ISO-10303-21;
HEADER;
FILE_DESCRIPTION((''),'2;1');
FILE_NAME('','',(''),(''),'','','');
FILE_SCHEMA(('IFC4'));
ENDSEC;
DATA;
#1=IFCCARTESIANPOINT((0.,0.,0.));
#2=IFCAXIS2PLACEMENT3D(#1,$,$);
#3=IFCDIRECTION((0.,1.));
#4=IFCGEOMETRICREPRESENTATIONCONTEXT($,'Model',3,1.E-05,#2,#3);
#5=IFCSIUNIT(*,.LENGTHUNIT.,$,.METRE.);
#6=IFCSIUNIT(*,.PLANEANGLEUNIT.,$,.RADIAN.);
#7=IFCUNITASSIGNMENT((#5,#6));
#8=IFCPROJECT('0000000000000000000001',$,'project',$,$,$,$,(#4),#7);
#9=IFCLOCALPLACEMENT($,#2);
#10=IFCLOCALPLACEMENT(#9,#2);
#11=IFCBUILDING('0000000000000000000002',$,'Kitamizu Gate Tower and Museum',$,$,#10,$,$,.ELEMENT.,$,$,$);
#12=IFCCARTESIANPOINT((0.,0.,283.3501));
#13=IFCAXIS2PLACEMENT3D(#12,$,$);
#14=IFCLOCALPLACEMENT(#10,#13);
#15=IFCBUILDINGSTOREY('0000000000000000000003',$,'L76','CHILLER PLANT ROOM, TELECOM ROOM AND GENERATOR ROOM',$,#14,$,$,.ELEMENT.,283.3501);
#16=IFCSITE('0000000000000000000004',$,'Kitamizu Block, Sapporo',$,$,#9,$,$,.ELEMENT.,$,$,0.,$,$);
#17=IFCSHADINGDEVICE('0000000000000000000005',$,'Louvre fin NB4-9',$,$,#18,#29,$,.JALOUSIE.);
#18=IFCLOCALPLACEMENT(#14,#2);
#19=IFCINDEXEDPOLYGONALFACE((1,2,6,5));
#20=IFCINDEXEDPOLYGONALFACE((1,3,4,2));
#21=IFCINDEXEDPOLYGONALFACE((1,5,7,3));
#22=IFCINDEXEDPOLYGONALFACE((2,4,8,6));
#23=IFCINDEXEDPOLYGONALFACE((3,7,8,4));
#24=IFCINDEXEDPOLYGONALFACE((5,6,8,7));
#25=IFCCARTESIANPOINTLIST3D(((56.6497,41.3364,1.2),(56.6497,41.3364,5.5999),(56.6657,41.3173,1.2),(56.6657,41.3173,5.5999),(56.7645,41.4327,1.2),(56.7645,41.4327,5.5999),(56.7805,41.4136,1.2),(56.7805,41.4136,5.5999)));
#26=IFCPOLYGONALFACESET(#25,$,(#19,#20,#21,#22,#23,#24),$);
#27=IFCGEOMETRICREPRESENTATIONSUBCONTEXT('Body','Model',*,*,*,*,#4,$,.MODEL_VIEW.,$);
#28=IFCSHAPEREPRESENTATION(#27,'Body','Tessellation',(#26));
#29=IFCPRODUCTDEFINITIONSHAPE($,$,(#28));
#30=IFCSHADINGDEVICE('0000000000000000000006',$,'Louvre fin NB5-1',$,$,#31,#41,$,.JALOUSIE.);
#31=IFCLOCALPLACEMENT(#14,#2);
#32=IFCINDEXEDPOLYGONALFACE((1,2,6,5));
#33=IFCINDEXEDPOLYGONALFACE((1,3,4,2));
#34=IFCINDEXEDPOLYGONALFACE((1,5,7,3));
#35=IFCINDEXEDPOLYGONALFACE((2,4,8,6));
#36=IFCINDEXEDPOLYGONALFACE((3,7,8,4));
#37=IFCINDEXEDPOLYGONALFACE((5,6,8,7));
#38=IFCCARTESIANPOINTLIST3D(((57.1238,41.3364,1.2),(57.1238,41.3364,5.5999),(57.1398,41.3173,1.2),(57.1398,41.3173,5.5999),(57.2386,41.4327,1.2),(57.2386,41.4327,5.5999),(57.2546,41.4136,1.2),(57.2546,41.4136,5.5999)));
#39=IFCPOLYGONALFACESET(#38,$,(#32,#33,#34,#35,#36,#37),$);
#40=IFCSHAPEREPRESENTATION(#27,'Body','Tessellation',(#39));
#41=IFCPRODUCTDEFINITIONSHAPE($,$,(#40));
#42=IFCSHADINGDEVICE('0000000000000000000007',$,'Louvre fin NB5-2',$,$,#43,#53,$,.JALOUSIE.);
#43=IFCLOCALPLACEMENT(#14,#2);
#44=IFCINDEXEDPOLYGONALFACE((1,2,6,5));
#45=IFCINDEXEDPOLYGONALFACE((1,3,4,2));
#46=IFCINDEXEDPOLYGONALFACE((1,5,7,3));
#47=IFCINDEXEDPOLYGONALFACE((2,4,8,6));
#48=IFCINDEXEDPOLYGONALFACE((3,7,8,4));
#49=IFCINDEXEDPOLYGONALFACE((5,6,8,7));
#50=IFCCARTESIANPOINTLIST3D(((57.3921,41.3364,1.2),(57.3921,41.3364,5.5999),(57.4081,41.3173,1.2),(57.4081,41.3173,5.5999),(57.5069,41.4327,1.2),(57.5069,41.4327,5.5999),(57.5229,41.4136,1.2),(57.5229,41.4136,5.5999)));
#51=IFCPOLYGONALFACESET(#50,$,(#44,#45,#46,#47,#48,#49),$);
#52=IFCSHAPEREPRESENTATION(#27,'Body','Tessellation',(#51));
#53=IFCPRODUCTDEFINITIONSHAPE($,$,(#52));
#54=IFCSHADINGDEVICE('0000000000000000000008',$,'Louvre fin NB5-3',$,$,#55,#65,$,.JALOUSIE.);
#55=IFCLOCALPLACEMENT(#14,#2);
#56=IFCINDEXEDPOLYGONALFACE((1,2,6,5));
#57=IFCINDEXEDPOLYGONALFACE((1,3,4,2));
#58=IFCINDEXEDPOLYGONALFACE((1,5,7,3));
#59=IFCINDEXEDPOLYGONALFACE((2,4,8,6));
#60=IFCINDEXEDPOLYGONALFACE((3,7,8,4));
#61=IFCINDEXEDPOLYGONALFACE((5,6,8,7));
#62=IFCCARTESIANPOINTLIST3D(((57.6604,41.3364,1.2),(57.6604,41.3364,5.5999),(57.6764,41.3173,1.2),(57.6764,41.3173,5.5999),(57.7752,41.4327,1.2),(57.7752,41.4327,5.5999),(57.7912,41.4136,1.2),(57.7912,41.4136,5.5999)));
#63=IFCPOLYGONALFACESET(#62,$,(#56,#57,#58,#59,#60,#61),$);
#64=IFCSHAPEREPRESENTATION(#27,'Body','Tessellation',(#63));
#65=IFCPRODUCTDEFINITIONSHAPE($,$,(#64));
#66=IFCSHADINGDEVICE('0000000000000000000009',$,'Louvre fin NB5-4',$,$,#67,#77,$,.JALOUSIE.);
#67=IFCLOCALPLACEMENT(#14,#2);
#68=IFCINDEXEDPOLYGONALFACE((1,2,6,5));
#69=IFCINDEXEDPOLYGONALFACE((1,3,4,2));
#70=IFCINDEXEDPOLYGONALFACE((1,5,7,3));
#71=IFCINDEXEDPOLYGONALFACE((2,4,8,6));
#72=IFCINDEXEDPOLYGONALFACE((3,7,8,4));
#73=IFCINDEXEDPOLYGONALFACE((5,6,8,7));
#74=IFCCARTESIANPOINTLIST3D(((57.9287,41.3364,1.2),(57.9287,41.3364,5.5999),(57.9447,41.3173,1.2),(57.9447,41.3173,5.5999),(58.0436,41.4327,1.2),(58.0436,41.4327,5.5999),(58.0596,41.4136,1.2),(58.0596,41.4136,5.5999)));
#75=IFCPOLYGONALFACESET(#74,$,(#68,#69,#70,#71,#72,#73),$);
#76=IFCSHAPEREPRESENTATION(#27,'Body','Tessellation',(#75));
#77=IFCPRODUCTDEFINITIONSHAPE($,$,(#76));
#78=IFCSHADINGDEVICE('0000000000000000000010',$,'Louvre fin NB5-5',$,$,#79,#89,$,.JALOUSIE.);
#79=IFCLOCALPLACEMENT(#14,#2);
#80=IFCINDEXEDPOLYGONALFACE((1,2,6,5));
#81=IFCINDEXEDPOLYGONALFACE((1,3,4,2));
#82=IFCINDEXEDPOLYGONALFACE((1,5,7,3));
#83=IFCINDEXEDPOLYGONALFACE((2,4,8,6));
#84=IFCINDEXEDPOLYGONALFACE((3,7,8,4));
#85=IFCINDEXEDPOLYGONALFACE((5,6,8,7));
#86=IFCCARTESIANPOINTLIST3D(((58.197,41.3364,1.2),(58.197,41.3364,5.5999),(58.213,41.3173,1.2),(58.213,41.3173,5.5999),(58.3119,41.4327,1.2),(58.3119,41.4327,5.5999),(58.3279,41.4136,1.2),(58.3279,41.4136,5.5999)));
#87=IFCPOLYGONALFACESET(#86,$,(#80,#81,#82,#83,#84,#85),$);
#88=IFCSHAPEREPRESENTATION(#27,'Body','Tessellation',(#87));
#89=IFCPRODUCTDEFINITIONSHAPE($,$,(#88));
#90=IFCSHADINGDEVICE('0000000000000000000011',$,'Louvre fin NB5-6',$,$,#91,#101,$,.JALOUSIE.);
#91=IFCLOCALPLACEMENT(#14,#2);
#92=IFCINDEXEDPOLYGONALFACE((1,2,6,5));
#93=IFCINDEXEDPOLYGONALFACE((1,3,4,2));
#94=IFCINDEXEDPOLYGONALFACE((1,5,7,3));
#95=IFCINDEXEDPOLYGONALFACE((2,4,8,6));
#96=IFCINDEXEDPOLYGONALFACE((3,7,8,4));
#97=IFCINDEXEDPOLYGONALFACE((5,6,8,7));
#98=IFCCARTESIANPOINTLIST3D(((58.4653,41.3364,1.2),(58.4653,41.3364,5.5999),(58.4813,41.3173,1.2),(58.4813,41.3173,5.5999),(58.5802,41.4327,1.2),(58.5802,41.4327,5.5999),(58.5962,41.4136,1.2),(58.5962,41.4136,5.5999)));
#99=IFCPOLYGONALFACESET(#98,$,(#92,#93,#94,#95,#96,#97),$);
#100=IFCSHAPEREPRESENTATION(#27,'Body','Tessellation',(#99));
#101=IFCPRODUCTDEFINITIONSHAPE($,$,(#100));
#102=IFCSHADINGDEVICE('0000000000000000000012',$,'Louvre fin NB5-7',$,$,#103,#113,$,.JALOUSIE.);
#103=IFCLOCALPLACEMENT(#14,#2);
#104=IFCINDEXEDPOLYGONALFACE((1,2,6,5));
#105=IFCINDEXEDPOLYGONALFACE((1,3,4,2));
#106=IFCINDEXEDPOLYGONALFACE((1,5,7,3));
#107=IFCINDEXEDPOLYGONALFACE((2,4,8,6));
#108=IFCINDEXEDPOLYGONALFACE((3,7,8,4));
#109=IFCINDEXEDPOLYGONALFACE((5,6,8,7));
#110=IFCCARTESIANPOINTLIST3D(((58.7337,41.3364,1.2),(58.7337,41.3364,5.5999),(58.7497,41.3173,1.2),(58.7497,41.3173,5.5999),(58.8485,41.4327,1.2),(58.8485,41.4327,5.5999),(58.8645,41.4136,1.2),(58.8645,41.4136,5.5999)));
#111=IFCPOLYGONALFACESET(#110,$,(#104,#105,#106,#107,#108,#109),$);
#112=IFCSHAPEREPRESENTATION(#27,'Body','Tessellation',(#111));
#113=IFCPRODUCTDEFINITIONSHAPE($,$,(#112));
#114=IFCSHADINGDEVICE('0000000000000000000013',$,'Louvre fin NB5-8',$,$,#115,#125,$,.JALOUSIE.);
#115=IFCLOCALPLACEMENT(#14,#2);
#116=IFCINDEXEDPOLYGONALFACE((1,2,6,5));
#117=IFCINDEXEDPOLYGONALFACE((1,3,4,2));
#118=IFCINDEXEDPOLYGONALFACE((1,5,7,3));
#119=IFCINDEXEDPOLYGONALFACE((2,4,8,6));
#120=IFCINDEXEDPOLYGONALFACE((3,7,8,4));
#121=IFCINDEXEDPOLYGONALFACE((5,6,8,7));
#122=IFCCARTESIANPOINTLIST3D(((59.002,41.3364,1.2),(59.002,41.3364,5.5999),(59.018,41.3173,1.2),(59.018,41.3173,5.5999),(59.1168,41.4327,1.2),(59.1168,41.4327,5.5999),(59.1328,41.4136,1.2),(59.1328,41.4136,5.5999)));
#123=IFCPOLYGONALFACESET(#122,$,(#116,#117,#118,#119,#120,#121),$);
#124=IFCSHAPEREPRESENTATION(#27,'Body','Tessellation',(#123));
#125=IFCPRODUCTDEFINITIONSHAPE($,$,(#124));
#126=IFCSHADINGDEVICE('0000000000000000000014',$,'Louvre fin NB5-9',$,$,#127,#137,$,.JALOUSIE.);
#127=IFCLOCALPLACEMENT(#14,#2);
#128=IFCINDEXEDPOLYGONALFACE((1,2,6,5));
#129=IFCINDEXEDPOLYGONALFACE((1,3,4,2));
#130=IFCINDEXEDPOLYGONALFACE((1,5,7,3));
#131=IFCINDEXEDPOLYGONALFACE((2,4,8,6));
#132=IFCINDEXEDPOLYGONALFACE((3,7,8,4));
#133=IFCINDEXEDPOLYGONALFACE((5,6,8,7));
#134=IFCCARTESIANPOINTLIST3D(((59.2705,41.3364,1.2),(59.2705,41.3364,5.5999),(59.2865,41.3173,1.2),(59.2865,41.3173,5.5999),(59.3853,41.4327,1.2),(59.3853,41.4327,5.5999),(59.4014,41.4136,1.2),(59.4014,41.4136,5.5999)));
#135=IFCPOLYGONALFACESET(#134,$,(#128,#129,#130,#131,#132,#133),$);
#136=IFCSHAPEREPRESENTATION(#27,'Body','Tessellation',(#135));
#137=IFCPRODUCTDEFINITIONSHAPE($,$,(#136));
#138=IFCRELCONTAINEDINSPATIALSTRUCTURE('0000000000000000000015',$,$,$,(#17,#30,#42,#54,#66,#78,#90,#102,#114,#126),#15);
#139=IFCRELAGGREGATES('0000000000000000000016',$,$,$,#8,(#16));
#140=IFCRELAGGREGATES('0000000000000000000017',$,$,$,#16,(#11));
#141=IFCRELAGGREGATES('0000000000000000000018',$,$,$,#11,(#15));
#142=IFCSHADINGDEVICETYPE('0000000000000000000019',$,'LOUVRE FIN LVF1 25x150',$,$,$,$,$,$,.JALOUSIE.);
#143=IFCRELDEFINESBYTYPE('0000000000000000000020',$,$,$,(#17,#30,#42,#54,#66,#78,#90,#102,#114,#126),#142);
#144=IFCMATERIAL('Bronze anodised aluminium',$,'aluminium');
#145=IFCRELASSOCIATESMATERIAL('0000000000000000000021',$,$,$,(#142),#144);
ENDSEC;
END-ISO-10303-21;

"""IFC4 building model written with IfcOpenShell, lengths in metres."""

from ifc_helpers import new_model, si_unit, direction, frame, origin, origin_2d, place, context, subcontext, project, spatial, rectangle, extrude, material, material_profile, profile_set, type_object, element, save


model = new_model("IFC4")

# Units and contexts
model_context = context("Model", 3, precision=1e-05, world=origin(), true_north=direction((0.0, 1.0)))
body_context = subcontext(model_context, "Body", "Model", "MODEL_VIEW")
ifc_project = project(units=[si_unit("LENGTHUNIT", "METRE"), si_unit("PLANEANGLEUNIT", "RADIAN")], contexts=[model_context])

# Site, building, storey
site_placement = place(None, origin())
site = spatial("IfcSite", under=ifc_project, at=site_placement, Name="Kitamizu Block, Sapporo", CompositionType="ELEMENT", RefElevation=0.0)
building_placement = place(site_placement, origin())
building = spatial("IfcBuilding", under=site, at=building_placement, Name="Kitamizu Gate Tower and Museum", CompositionType="ELEMENT")
storey_placement = place(building_placement, frame((0.0, 0.0, 283.3501)))
storey = spatial("IfcBuildingStorey", under=building, at=storey_placement, Name="L76", Description="CHILLER PLANT ROOM, TELECOM ROOM AND GENERATOR ROOM", CompositionType="ELEMENT", Elevation=283.3501)

# Shading devices
ifc_material_1 = material(Name="Bronze anodised aluminium", Category="aluminium")
ifc_material_profile_1 = material_profile(ifc_material_1, rectangle(XDim=0.1499, YDim=0.0249, at=origin_2d()), Name="AL 25x150")
ifc_profile_set_1 = profile_set([ifc_material_profile_1], Name="Bronze anodised aluminium")
shading_device_type = type_object("IfcShadingDeviceType", Name="LOUVRE FIN LVF1 25x150", PredefinedType="JALOUSIE", material=ifc_profile_set_1)
for number, where, z_axis, x_axis, name in (
    (1, (56.7151, 41.375, 1.2), (0.0, 0.0, 1.0), (0.766044, 0.642788, 0.0), "Louvre fin NB4-9"),
    (2, (57.1892, 41.375, 1.2), (0.0, 0.0, 1.0), (0.766044, 0.642788, 0.0), "Louvre fin NB5-1"),
    (3, (57.4575, 41.375, 1.2), (0.0, 0.0, 1.0), (0.766044, 0.642788, 0.0), "Louvre fin NB5-2"),
    (4, (57.7258, 41.375, 1.2), (0.0, 0.0, 1.0), (0.766044, 0.642788, 0.0), "Louvre fin NB5-3"),
    (5, (57.9941, 41.375, 1.2), (0.0, 0.0, 1.0), (0.766044, 0.642788, 0.0), "Louvre fin NB5-4"),
    (6, (58.2625, 41.375, 1.2), (0.0, 0.0, 1.0), (0.766044, 0.642788, 0.0), "Louvre fin NB5-5"),
    (7, (58.5308, 41.375, 1.2), (0.0, 0.0, 1.0), (0.766044, 0.642788, 0.0), "Louvre fin NB5-6"),
    (8, (58.7991, 41.375, 1.2), (0.0, 0.0, 1.0), (0.766044, 0.642788, 0.0), "Louvre fin NB5-7"),
    (9, (59.0674, 41.375, 1.2), (0.0, 0.0, 1.0), (0.766044, 0.642788, 0.0), "Louvre fin NB5-8"),
    (10, (59.3359, 41.375, 1.2), (0.0, 0.0, 1.0), (0.766044, 0.642788, 0.0), "Louvre fin NB5-9"),
):
    element("IfcShadingDevice", number, at=place(storey_placement, frame(where, z_axis=z_axis, x_axis=x_axis)), inside=storey, type_object=shading_device_type, Name=name, PredefinedType="JALOUSIE", context=body_context, shape_type="SweptSolid", body=[
        extrude(rectangle(XDim=0.1499, YDim=0.0249, at=origin_2d()), origin(), (0.0, 0.0, 1.0), 4.3999),
    ])

save(model, "model.ifc")
